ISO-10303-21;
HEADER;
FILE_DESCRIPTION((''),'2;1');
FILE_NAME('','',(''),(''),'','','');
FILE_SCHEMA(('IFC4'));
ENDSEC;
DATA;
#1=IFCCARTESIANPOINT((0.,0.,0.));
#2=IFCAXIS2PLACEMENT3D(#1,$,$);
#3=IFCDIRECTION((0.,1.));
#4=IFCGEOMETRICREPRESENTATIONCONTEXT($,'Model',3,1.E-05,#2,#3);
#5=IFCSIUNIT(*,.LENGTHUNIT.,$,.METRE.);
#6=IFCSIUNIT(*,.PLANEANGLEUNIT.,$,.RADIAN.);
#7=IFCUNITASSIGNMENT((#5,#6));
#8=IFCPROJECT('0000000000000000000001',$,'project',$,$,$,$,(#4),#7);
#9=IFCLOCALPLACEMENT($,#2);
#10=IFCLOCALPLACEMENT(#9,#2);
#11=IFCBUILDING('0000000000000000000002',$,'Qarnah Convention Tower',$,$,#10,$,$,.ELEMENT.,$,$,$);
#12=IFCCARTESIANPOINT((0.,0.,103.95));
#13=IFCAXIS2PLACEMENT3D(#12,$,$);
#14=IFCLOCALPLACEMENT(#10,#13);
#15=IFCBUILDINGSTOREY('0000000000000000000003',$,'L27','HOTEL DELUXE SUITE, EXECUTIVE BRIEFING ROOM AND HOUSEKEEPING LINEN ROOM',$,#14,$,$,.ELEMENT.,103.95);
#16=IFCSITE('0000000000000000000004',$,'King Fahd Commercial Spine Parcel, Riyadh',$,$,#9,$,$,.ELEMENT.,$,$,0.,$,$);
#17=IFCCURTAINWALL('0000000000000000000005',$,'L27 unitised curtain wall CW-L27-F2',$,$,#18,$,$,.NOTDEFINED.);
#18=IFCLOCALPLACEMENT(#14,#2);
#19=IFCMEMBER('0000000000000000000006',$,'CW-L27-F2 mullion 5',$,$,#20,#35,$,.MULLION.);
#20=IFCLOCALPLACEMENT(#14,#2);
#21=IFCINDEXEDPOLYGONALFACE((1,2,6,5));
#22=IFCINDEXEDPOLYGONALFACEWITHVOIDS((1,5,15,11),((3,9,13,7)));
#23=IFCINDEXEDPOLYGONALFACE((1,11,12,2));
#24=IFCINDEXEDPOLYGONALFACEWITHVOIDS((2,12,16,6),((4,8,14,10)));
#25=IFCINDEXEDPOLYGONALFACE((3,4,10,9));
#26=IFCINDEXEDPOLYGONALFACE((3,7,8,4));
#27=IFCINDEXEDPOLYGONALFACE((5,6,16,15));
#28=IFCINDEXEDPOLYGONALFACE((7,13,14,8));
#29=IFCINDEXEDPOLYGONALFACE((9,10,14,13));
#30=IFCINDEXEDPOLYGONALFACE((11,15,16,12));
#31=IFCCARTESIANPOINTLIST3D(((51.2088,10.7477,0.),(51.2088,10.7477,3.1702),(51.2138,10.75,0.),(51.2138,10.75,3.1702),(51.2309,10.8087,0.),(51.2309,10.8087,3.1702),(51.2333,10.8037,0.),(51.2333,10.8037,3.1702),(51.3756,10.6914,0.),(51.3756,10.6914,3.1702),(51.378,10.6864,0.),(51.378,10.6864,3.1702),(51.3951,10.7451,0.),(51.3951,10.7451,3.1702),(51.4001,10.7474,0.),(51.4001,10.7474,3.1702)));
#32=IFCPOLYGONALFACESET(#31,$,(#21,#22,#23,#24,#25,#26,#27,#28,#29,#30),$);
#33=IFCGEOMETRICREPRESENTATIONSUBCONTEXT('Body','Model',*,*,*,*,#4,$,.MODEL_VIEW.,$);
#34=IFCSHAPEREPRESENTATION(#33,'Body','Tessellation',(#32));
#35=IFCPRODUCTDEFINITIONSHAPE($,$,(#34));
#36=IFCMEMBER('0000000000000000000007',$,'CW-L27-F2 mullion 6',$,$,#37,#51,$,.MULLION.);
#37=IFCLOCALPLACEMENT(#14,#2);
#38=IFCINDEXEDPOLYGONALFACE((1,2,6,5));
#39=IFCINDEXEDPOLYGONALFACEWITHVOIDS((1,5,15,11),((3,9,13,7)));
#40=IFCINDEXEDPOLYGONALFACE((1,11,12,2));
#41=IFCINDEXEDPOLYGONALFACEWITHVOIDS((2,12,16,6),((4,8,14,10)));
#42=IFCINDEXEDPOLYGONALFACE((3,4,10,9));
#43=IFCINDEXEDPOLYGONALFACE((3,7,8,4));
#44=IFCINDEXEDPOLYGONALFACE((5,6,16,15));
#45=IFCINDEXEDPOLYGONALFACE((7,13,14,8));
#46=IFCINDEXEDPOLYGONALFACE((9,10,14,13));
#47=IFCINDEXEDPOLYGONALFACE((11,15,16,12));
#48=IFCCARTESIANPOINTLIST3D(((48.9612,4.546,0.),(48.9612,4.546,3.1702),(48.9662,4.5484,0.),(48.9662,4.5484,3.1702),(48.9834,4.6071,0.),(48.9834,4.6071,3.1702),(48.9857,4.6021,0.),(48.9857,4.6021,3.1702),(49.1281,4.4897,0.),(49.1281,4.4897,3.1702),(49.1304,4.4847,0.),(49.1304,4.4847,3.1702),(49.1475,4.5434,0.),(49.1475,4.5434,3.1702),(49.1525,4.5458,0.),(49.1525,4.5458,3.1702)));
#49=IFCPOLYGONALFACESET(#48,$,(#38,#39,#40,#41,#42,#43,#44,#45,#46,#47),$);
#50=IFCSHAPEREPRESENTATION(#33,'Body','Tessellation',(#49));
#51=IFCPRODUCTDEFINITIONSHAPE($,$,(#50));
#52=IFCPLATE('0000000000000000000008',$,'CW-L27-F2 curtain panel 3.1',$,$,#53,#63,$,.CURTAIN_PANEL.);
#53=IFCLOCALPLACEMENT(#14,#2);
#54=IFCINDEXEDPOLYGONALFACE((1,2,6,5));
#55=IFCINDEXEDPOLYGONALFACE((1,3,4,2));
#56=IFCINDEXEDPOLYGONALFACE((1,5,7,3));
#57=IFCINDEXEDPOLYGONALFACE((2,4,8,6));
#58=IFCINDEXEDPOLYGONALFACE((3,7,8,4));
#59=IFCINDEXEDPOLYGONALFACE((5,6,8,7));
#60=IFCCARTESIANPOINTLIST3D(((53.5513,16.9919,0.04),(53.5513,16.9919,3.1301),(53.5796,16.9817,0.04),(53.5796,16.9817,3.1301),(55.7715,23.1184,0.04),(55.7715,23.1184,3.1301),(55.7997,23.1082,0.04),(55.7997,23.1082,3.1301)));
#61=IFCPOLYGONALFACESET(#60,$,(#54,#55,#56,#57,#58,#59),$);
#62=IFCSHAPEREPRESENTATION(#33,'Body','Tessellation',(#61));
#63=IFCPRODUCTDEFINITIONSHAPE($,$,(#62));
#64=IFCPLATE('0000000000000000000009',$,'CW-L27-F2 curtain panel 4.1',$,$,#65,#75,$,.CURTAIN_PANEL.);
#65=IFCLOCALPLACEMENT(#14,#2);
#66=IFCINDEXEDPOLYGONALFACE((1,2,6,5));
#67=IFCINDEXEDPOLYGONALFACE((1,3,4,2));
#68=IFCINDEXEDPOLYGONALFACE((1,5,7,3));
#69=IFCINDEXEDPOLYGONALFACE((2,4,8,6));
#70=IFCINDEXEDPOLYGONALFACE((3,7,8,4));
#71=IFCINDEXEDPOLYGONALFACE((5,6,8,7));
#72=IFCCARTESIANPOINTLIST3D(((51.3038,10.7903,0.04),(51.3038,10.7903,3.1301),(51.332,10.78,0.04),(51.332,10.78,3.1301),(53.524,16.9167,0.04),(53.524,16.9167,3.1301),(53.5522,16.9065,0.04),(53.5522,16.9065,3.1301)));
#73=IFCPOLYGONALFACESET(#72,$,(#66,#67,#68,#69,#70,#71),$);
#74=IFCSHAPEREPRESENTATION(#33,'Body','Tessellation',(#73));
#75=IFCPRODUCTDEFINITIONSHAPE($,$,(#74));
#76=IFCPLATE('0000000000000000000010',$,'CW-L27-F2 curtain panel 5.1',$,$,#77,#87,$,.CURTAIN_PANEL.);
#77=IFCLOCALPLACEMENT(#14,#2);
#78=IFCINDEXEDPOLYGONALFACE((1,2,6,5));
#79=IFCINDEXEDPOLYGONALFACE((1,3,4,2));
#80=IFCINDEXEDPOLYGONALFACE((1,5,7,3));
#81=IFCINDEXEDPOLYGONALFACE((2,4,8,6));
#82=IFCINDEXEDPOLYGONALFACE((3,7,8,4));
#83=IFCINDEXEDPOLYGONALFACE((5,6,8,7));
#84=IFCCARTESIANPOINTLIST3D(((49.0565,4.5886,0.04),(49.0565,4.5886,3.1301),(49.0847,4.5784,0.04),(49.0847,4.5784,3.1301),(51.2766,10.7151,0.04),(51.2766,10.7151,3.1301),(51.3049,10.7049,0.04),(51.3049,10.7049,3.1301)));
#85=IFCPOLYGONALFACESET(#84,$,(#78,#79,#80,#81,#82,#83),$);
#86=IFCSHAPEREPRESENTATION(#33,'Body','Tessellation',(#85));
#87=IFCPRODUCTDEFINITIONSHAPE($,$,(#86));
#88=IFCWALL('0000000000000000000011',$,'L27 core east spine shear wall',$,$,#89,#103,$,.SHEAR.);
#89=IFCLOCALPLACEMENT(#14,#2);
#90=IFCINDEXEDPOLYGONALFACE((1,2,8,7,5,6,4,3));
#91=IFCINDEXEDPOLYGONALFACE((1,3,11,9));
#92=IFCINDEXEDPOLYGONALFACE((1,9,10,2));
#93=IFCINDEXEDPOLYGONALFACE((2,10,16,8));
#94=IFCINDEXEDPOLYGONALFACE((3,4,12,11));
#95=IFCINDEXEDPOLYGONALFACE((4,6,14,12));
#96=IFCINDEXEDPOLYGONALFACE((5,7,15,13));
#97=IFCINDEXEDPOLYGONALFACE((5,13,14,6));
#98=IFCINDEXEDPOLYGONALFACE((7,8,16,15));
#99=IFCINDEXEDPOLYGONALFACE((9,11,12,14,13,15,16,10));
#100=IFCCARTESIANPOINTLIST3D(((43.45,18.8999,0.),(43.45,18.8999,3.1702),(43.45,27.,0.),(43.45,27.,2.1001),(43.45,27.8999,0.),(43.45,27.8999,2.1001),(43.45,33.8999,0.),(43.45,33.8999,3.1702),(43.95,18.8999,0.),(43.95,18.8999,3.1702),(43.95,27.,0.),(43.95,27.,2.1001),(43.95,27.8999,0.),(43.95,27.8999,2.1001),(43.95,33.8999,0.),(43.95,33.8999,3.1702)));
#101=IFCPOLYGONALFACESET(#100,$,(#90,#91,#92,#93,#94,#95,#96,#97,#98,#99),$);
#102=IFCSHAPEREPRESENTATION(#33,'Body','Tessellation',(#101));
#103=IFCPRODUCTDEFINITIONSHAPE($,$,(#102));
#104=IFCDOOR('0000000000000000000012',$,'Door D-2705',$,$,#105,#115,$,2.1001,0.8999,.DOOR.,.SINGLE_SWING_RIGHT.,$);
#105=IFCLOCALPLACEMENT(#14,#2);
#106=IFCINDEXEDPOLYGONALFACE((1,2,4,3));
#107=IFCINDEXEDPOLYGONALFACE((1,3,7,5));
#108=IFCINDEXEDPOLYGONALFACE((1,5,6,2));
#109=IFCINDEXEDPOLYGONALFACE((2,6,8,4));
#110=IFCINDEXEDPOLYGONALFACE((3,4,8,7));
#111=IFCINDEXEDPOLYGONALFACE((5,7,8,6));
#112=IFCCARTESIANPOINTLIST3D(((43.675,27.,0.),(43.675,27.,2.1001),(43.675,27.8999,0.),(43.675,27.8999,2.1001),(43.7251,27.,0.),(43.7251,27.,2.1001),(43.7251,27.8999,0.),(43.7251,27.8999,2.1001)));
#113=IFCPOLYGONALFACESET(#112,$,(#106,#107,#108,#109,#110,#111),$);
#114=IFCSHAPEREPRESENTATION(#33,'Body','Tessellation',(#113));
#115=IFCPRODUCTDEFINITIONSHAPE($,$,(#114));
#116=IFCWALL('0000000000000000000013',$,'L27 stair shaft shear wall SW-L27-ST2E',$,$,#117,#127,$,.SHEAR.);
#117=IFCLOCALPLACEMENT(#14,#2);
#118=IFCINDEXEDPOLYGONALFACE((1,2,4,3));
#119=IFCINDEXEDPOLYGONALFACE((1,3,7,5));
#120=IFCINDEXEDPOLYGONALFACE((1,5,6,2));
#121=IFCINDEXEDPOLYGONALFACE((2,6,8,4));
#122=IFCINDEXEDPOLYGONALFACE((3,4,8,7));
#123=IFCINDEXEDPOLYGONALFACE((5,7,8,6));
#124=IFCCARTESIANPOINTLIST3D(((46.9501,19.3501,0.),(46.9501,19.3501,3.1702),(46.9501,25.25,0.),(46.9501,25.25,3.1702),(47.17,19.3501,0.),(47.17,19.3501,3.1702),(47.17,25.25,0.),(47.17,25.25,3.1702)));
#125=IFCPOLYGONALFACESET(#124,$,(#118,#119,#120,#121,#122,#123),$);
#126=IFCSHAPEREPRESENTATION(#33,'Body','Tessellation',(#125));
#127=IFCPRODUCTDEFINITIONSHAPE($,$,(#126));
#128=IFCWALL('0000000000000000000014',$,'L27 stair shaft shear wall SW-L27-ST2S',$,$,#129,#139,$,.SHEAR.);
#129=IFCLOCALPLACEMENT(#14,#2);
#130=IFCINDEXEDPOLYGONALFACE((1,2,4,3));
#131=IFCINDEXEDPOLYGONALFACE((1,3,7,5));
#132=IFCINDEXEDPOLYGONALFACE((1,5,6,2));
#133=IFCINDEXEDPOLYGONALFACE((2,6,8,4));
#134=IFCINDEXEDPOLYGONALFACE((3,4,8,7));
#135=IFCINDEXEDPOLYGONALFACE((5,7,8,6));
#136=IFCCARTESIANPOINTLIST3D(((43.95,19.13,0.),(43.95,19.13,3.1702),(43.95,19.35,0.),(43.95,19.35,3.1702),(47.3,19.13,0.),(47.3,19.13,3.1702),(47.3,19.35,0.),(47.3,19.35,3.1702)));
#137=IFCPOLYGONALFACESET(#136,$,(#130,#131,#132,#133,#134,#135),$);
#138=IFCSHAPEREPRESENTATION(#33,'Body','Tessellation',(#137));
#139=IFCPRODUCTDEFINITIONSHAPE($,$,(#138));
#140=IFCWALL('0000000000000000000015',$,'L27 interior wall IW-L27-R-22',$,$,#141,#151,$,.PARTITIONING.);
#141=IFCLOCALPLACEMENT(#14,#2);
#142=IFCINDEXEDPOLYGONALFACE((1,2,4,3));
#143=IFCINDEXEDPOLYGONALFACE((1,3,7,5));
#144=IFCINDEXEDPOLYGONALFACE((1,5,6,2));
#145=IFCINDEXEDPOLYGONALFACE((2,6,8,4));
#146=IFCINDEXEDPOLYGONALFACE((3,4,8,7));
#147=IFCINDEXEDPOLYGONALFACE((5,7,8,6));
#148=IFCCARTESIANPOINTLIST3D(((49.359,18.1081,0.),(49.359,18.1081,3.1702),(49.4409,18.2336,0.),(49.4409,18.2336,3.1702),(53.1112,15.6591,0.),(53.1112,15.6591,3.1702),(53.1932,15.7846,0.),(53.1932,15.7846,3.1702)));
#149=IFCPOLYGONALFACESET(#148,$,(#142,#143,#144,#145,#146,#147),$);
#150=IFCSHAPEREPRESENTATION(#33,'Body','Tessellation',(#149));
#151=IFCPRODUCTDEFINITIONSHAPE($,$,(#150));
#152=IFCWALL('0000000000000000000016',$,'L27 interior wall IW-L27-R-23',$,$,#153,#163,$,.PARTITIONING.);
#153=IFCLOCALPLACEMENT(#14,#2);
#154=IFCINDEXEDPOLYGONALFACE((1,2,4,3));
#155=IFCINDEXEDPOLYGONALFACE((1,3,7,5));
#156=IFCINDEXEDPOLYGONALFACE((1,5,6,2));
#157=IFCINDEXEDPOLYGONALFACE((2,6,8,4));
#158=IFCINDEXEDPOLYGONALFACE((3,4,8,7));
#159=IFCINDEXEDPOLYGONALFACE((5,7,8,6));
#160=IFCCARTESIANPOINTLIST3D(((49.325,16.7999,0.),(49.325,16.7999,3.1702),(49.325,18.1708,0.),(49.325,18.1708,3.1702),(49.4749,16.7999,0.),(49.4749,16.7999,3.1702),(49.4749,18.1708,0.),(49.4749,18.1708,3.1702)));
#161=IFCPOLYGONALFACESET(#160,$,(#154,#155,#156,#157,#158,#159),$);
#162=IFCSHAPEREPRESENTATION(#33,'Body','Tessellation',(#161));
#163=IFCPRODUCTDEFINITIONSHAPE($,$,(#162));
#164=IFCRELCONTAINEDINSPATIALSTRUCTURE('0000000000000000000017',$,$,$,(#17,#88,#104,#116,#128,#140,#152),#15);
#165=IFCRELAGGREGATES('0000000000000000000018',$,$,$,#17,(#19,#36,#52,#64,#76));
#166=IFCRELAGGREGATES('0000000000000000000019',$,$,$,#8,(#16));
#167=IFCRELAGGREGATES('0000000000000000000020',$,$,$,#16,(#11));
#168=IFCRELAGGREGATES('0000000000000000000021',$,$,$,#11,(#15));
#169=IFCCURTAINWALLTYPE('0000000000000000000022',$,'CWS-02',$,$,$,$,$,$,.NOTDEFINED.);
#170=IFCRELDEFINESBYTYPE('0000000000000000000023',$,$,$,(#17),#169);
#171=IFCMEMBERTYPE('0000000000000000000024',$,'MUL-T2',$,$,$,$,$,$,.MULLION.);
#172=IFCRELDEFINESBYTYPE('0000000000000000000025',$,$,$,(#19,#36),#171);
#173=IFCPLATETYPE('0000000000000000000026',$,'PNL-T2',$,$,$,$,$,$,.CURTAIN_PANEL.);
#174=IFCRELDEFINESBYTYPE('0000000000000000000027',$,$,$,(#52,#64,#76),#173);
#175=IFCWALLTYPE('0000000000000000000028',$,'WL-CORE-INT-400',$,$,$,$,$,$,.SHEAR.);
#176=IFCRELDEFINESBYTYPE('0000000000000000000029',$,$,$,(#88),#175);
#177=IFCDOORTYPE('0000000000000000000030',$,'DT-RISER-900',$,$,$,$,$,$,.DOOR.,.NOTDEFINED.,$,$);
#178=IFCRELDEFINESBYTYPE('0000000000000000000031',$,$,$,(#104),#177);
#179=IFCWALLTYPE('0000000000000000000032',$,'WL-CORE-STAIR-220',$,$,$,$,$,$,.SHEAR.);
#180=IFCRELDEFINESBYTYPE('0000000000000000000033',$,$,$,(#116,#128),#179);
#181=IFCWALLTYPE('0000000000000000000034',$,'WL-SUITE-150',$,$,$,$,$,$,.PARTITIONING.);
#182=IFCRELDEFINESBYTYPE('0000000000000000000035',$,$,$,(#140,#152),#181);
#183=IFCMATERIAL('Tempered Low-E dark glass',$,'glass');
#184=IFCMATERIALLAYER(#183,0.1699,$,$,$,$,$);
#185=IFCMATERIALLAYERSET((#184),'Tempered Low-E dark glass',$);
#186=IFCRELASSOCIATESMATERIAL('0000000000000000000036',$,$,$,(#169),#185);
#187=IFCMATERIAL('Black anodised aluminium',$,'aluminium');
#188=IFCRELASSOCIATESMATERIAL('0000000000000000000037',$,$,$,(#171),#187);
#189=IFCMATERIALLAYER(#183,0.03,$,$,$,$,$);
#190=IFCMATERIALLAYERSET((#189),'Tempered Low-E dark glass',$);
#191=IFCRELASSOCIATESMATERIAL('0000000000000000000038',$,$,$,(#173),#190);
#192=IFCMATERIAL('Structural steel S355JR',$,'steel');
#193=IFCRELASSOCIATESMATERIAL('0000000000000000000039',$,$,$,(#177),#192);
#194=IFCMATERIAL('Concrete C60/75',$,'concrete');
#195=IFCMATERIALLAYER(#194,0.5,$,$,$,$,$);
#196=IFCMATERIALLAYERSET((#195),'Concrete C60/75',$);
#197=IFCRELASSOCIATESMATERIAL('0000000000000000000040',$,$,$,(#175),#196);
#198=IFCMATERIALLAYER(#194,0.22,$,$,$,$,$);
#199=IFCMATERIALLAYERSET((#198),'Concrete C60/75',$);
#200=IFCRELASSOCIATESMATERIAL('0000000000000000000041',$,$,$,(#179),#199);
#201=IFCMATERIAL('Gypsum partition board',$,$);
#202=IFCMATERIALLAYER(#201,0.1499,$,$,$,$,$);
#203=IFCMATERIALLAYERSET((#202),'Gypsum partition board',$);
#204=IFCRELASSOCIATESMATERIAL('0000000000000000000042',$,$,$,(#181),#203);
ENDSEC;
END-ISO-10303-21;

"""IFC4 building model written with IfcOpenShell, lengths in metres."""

from ifc_helpers import new_model, si_unit, direction, frame, frame_2d, origin, origin_2d, place, context, subcontext, project, spatial, rectangle, hollow_rectangle, extrude, material, layer, layer_set, material_profile, profile_set, type_object, element, fill, aggregate, save


model = new_model("IFC4")

# Units and contexts
model_context = context("Model", 3, precision=1e-05, world=origin(), true_north=direction((0.0, 1.0)))
body_context = subcontext(model_context, "Body", "Model", "MODEL_VIEW")
ifc_project = project(units=[si_unit("LENGTHUNIT", "METRE"), si_unit("PLANEANGLEUNIT", "RADIAN")], contexts=[model_context])

# Site, building, storey
site_placement = place(None, origin())
site = spatial("IfcSite", under=ifc_project, at=site_placement, Name="King Fahd Commercial Spine Parcel, Riyadh", CompositionType="ELEMENT", RefElevation=0.0)
building_placement = place(site_placement, origin())
building = spatial("IfcBuilding", under=site, at=building_placement, Name="Qarnah Convention Tower", CompositionType="ELEMENT")
storey_placement = place(building_placement, frame((0.0, 0.0, 103.95)))
storey = spatial("IfcBuildingStorey", under=building, at=storey_placement, Name="L27", Description="HOTEL DELUXE SUITE, EXECUTIVE BRIEFING ROOM AND HOUSEKEEPING LINEN ROOM", CompositionType="ELEMENT", Elevation=103.95)

# Shared definitions
ifc_material_1 = material(Name="Concrete C60/75", Category="concrete")

# Shared definitions
ifc_material_2 = material(Name="Structural steel S355JR", Category="steel")

# Curtain wall, members, plates
ifc_material_3 = material(Name="Tempered Low-E dark glass", Category="glass")
ifc_layer_1 = layer(ifc_material_3, 0.1699)
ifc_layer_set_1 = layer_set([ifc_layer_1], Name="Tempered Low-E dark glass")
curtain_wall_type = type_object("IfcCurtainWallType", Name="CWS-02", PredefinedType="NOTDEFINED", material=ifc_layer_set_1)
curtain_wall_placement = place(storey_placement, origin())
curtain_wall = element("IfcCurtainWall", 1, at=curtain_wall_placement, inside=storey, type_object=curtain_wall_type, Name="L27 unitised curtain wall CW-L27-F2", PredefinedType="NOTDEFINED")
ifc_material_4 = material(Name="Black anodised aluminium", Category="aluminium")
ifc_material_profile_1 = material_profile(ifc_material_4, hollow_rectangle(XDim=0.0649, YDim=0.1799, WallThickness=0.0039, at=origin_2d()), Name="MUL-65X180")
ifc_profile_set_1 = profile_set([ifc_material_profile_1], Name="Black anodised aluminium")
member_type = type_object("IfcMemberType", Name="MUL-T2", PredefinedType="MULLION", material=ifc_profile_set_1)
member_1_placement = place(storey_placement, frame((51.3044, 10.7476, 0.0), z_axis=(0.0, 0.0, 1.0), x_axis=(-0.340708, -0.940169, 0.0)))
member_1 = element("IfcMember", 2, at=member_1_placement, type_object=member_type, Name="CW-L27-F2 mullion 5", PredefinedType="MULLION", context=body_context, shape_type="SweptSolid", body=[
    extrude(hollow_rectangle(XDim=0.0649, YDim=0.1799, WallThickness=0.0039, at=origin_2d()), origin(), (0.0, 0.0, 1.0), 3.1702),
])
member_2_placement = place(storey_placement, frame((49.0569, 4.5459, 0.0), z_axis=(0.0, 0.0, 1.0), x_axis=(-0.340708, -0.940169, 0.0)))
member_2 = element("IfcMember", 3, at=member_2_placement, type_object=member_type, Name="CW-L27-F2 mullion 6", PredefinedType="MULLION", context=body_context, shape_type="SweptSolid", body=[
    extrude(hollow_rectangle(XDim=0.0649, YDim=0.1799, WallThickness=0.0039, at=origin_2d()), origin(), (0.0, 0.0, 1.0), 3.1702),
])
ifc_layer_2 = layer(ifc_material_3, 0.03)
ifc_layer_set_2 = layer_set([ifc_layer_2], Name="Tempered Low-E dark glass")
plate_type = type_object("IfcPlateType", Name="PNL-T2", PredefinedType="CURTAIN_PANEL", material=ifc_layer_set_2)
plate_1_placement = place(storey_placement, frame((54.6755, 20.05, 0.04), z_axis=(0.0, 0.0, 1.0), x_axis=(-0.340708, -0.940169, 0.0)))
plate_1 = element("IfcPlate", 4, at=plate_1_placement, type_object=plate_type, Name="CW-L27-F2 curtain panel 3.1", PredefinedType="CURTAIN_PANEL", context=body_context, shape_type="SweptSolid", body=[
    extrude(rectangle(XDim=6.5164, YDim=0.03, at=origin_2d()), origin(), (0.0, 0.0, 1.0), 3.0901),
])
plate_2_placement = place(storey_placement, frame((52.428, 13.8484, 0.04), z_axis=(0.0, 0.0, 1.0), x_axis=(-0.340708, -0.940169, 0.0)))
plate_2 = element("IfcPlate", 5, at=plate_2_placement, type_object=plate_type, Name="CW-L27-F2 curtain panel 4.1", PredefinedType="CURTAIN_PANEL", context=body_context, shape_type="SweptSolid", body=[
    extrude(rectangle(XDim=6.5164, YDim=0.03, at=origin_2d()), origin(), (0.0, 0.0, 1.0), 3.0901),
])
plate_3_placement = place(storey_placement, frame((50.1807, 7.6467, 0.04), z_axis=(0.0, 0.0, 1.0), x_axis=(-0.340708, -0.940169, 0.0)))
plate_3 = element("IfcPlate", 6, at=plate_3_placement, type_object=plate_type, Name="CW-L27-F2 curtain panel 5.1", PredefinedType="CURTAIN_PANEL", context=body_context, shape_type="SweptSolid", body=[
    extrude(rectangle(XDim=6.5164, YDim=0.03, at=origin_2d()), origin(), (0.0, 0.0, 1.0), 3.0901),
])
aggregate(curtain_wall, [member_1, member_2, plate_1, plate_2, plate_3])

# Shared definitions
door_type_1 = type_object("IfcDoorType", Name="DT-RISER-900", OperationType="NOTDEFINED", PredefinedType="DOOR", material=ifc_material_2)

# Wall, opening, door
ifc_layer_3 = layer(ifc_material_1, 0.5)
ifc_layer_set_3 = layer_set([ifc_layer_3], Name="Concrete C60/75")
wall_type_1 = type_object("IfcWallType", Name="WL-CORE-INT-400", PredefinedType="SHEAR", material=ifc_layer_set_3)
wall_1_placement = place(storey_placement, frame((43.7, 18.8999, 0.0), z_axis=(0.0, 0.0, 1.0), x_axis=(0.0, 1.0, 0.0)))
wall_1 = element("IfcWall", 7, at=wall_1_placement, inside=storey, type_object=wall_type_1, Name="L27 core east spine shear wall", PredefinedType="SHEAR", context=body_context, shape_type="SweptSolid", body=[
    extrude(rectangle(XDim=15.0, YDim=0.5, at=frame_2d((7.5, 0.0))), origin(), (0.0, 0.0, 1.0), 3.1702),
])
opening_1_placement = place(wall_1_placement, frame((8.1001, 0.0, 0.0)))
opening_1 = element("IfcOpeningElement", 8, at=opening_1_placement, cuts=wall_1, PredefinedType="OPENING", context=body_context, shape_type="SweptSolid", body=[
    extrude(rectangle(XDim=0.8999, YDim=2.1001, at=frame_2d((0.45, 1.05))), frame((0.0, 0.26, 0.0), z_axis=(0.0, -1.0, 0.0), x_axis=(1.0, 0.0, 0.0)), (0.0, 0.0, 1.0), 0.52),
])
door_1_placement = place(opening_1_placement, origin())
door_1 = element("IfcDoor", 9, at=door_1_placement, inside=storey, type_object=door_type_1, Name="Door D-2705", OperationType="SINGLE_SWING_RIGHT", OverallHeight=2.1001, OverallWidth=0.8999, PredefinedType="DOOR", context=body_context, shape_type="SweptSolid", body=[
    extrude(rectangle(XDim=0.8999, YDim=2.1001, at=frame_2d((0.45, 1.05))), frame((0.0, 0.0249, 0.0), z_axis=(0.0, -1.0, 0.0), x_axis=(1.0, 0.0, 0.0)), (0.0, 0.0, 1.0), 0.05),
])
fill(opening_1, door_1)

# Walls
ifc_layer_4 = layer(ifc_material_1, 0.22)
ifc_layer_set_4 = layer_set([ifc_layer_4], Name="Concrete C60/75")
wall_type_2 = type_object("IfcWallType", Name="WL-CORE-STAIR-220", PredefinedType="SHEAR", material=ifc_layer_set_4)
wall_2_placement = place(storey_placement, frame((47.0601, 19.3501, 0.0), z_axis=(0.0, 0.0, 1.0), x_axis=(0.0, 1.0, 0.0)))
element("IfcWall", 10, at=wall_2_placement, inside=storey, type_object=wall_type_2, Name="L27 stair shaft shear wall SW-L27-ST2E", PredefinedType="SHEAR", context=body_context, shape_type="SweptSolid", body=[
    extrude(rectangle(XDim=5.8999, YDim=0.22, at=frame_2d((2.95, 0.0))), origin(), (0.0, 0.0, 1.0), 3.1702),
])
wall_3_placement = place(storey_placement, frame((43.95, 19.24, 0.0), z_axis=(0.0, 0.0, 1.0), x_axis=(1.0, 0.0, 0.0)))
element("IfcWall", 11, at=wall_3_placement, inside=storey, type_object=wall_type_2, Name="L27 stair shaft shear wall SW-L27-ST2S", PredefinedType="SHEAR", context=body_context, shape_type="SweptSolid", body=[
    extrude(rectangle(XDim=3.3501, YDim=0.22, at=frame_2d((1.675, 0.0))), origin(), (0.0, 0.0, 1.0), 3.1702),
])

# Walls
ifc_material_5 = material(Name="Gypsum partition board")
ifc_layer_5 = layer(ifc_material_5, 0.1499)
ifc_layer_set_5 = layer_set([ifc_layer_5], Name="Gypsum partition board")
wall_type_3 = type_object("IfcWallType", Name="WL-SUITE-150", PredefinedType="PARTITIONING", material=ifc_layer_set_5)
wall_4_placement = place(storey_placement, frame((53.1521, 15.7219, 0.0), z_axis=(0.0, 0.0, 1.0), x_axis=(-0.837418, 0.546564, 0.0)))
element("IfcWall", 12, at=wall_4_placement, inside=storey, type_object=wall_type_3, Name="L27 interior wall IW-L27-R-22", PredefinedType="PARTITIONING", context=body_context, shape_type="SweptSolid", body=[
    extrude(rectangle(XDim=4.4807, YDim=0.1499, at=frame_2d((2.2402, 0.0))), origin(), (0.0, 0.0, 1.0), 3.1702),
])
wall_5_placement = place(storey_placement, frame((49.3999, 18.1709, 0.0), z_axis=(0.0, 0.0, 1.0), x_axis=(0.0, -1.0, 0.0)))
element("IfcWall", 13, at=wall_5_placement, inside=storey, type_object=wall_type_3, Name="L27 interior wall IW-L27-R-23", PredefinedType="PARTITIONING", context=body_context, shape_type="SweptSolid", body=[
    extrude(rectangle(XDim=1.3708, YDim=0.1499, at=frame_2d((0.6855, 0.0))), origin(), (0.0, 0.0, 1.0), 3.1702),
])

save(model, "model.ifc")
